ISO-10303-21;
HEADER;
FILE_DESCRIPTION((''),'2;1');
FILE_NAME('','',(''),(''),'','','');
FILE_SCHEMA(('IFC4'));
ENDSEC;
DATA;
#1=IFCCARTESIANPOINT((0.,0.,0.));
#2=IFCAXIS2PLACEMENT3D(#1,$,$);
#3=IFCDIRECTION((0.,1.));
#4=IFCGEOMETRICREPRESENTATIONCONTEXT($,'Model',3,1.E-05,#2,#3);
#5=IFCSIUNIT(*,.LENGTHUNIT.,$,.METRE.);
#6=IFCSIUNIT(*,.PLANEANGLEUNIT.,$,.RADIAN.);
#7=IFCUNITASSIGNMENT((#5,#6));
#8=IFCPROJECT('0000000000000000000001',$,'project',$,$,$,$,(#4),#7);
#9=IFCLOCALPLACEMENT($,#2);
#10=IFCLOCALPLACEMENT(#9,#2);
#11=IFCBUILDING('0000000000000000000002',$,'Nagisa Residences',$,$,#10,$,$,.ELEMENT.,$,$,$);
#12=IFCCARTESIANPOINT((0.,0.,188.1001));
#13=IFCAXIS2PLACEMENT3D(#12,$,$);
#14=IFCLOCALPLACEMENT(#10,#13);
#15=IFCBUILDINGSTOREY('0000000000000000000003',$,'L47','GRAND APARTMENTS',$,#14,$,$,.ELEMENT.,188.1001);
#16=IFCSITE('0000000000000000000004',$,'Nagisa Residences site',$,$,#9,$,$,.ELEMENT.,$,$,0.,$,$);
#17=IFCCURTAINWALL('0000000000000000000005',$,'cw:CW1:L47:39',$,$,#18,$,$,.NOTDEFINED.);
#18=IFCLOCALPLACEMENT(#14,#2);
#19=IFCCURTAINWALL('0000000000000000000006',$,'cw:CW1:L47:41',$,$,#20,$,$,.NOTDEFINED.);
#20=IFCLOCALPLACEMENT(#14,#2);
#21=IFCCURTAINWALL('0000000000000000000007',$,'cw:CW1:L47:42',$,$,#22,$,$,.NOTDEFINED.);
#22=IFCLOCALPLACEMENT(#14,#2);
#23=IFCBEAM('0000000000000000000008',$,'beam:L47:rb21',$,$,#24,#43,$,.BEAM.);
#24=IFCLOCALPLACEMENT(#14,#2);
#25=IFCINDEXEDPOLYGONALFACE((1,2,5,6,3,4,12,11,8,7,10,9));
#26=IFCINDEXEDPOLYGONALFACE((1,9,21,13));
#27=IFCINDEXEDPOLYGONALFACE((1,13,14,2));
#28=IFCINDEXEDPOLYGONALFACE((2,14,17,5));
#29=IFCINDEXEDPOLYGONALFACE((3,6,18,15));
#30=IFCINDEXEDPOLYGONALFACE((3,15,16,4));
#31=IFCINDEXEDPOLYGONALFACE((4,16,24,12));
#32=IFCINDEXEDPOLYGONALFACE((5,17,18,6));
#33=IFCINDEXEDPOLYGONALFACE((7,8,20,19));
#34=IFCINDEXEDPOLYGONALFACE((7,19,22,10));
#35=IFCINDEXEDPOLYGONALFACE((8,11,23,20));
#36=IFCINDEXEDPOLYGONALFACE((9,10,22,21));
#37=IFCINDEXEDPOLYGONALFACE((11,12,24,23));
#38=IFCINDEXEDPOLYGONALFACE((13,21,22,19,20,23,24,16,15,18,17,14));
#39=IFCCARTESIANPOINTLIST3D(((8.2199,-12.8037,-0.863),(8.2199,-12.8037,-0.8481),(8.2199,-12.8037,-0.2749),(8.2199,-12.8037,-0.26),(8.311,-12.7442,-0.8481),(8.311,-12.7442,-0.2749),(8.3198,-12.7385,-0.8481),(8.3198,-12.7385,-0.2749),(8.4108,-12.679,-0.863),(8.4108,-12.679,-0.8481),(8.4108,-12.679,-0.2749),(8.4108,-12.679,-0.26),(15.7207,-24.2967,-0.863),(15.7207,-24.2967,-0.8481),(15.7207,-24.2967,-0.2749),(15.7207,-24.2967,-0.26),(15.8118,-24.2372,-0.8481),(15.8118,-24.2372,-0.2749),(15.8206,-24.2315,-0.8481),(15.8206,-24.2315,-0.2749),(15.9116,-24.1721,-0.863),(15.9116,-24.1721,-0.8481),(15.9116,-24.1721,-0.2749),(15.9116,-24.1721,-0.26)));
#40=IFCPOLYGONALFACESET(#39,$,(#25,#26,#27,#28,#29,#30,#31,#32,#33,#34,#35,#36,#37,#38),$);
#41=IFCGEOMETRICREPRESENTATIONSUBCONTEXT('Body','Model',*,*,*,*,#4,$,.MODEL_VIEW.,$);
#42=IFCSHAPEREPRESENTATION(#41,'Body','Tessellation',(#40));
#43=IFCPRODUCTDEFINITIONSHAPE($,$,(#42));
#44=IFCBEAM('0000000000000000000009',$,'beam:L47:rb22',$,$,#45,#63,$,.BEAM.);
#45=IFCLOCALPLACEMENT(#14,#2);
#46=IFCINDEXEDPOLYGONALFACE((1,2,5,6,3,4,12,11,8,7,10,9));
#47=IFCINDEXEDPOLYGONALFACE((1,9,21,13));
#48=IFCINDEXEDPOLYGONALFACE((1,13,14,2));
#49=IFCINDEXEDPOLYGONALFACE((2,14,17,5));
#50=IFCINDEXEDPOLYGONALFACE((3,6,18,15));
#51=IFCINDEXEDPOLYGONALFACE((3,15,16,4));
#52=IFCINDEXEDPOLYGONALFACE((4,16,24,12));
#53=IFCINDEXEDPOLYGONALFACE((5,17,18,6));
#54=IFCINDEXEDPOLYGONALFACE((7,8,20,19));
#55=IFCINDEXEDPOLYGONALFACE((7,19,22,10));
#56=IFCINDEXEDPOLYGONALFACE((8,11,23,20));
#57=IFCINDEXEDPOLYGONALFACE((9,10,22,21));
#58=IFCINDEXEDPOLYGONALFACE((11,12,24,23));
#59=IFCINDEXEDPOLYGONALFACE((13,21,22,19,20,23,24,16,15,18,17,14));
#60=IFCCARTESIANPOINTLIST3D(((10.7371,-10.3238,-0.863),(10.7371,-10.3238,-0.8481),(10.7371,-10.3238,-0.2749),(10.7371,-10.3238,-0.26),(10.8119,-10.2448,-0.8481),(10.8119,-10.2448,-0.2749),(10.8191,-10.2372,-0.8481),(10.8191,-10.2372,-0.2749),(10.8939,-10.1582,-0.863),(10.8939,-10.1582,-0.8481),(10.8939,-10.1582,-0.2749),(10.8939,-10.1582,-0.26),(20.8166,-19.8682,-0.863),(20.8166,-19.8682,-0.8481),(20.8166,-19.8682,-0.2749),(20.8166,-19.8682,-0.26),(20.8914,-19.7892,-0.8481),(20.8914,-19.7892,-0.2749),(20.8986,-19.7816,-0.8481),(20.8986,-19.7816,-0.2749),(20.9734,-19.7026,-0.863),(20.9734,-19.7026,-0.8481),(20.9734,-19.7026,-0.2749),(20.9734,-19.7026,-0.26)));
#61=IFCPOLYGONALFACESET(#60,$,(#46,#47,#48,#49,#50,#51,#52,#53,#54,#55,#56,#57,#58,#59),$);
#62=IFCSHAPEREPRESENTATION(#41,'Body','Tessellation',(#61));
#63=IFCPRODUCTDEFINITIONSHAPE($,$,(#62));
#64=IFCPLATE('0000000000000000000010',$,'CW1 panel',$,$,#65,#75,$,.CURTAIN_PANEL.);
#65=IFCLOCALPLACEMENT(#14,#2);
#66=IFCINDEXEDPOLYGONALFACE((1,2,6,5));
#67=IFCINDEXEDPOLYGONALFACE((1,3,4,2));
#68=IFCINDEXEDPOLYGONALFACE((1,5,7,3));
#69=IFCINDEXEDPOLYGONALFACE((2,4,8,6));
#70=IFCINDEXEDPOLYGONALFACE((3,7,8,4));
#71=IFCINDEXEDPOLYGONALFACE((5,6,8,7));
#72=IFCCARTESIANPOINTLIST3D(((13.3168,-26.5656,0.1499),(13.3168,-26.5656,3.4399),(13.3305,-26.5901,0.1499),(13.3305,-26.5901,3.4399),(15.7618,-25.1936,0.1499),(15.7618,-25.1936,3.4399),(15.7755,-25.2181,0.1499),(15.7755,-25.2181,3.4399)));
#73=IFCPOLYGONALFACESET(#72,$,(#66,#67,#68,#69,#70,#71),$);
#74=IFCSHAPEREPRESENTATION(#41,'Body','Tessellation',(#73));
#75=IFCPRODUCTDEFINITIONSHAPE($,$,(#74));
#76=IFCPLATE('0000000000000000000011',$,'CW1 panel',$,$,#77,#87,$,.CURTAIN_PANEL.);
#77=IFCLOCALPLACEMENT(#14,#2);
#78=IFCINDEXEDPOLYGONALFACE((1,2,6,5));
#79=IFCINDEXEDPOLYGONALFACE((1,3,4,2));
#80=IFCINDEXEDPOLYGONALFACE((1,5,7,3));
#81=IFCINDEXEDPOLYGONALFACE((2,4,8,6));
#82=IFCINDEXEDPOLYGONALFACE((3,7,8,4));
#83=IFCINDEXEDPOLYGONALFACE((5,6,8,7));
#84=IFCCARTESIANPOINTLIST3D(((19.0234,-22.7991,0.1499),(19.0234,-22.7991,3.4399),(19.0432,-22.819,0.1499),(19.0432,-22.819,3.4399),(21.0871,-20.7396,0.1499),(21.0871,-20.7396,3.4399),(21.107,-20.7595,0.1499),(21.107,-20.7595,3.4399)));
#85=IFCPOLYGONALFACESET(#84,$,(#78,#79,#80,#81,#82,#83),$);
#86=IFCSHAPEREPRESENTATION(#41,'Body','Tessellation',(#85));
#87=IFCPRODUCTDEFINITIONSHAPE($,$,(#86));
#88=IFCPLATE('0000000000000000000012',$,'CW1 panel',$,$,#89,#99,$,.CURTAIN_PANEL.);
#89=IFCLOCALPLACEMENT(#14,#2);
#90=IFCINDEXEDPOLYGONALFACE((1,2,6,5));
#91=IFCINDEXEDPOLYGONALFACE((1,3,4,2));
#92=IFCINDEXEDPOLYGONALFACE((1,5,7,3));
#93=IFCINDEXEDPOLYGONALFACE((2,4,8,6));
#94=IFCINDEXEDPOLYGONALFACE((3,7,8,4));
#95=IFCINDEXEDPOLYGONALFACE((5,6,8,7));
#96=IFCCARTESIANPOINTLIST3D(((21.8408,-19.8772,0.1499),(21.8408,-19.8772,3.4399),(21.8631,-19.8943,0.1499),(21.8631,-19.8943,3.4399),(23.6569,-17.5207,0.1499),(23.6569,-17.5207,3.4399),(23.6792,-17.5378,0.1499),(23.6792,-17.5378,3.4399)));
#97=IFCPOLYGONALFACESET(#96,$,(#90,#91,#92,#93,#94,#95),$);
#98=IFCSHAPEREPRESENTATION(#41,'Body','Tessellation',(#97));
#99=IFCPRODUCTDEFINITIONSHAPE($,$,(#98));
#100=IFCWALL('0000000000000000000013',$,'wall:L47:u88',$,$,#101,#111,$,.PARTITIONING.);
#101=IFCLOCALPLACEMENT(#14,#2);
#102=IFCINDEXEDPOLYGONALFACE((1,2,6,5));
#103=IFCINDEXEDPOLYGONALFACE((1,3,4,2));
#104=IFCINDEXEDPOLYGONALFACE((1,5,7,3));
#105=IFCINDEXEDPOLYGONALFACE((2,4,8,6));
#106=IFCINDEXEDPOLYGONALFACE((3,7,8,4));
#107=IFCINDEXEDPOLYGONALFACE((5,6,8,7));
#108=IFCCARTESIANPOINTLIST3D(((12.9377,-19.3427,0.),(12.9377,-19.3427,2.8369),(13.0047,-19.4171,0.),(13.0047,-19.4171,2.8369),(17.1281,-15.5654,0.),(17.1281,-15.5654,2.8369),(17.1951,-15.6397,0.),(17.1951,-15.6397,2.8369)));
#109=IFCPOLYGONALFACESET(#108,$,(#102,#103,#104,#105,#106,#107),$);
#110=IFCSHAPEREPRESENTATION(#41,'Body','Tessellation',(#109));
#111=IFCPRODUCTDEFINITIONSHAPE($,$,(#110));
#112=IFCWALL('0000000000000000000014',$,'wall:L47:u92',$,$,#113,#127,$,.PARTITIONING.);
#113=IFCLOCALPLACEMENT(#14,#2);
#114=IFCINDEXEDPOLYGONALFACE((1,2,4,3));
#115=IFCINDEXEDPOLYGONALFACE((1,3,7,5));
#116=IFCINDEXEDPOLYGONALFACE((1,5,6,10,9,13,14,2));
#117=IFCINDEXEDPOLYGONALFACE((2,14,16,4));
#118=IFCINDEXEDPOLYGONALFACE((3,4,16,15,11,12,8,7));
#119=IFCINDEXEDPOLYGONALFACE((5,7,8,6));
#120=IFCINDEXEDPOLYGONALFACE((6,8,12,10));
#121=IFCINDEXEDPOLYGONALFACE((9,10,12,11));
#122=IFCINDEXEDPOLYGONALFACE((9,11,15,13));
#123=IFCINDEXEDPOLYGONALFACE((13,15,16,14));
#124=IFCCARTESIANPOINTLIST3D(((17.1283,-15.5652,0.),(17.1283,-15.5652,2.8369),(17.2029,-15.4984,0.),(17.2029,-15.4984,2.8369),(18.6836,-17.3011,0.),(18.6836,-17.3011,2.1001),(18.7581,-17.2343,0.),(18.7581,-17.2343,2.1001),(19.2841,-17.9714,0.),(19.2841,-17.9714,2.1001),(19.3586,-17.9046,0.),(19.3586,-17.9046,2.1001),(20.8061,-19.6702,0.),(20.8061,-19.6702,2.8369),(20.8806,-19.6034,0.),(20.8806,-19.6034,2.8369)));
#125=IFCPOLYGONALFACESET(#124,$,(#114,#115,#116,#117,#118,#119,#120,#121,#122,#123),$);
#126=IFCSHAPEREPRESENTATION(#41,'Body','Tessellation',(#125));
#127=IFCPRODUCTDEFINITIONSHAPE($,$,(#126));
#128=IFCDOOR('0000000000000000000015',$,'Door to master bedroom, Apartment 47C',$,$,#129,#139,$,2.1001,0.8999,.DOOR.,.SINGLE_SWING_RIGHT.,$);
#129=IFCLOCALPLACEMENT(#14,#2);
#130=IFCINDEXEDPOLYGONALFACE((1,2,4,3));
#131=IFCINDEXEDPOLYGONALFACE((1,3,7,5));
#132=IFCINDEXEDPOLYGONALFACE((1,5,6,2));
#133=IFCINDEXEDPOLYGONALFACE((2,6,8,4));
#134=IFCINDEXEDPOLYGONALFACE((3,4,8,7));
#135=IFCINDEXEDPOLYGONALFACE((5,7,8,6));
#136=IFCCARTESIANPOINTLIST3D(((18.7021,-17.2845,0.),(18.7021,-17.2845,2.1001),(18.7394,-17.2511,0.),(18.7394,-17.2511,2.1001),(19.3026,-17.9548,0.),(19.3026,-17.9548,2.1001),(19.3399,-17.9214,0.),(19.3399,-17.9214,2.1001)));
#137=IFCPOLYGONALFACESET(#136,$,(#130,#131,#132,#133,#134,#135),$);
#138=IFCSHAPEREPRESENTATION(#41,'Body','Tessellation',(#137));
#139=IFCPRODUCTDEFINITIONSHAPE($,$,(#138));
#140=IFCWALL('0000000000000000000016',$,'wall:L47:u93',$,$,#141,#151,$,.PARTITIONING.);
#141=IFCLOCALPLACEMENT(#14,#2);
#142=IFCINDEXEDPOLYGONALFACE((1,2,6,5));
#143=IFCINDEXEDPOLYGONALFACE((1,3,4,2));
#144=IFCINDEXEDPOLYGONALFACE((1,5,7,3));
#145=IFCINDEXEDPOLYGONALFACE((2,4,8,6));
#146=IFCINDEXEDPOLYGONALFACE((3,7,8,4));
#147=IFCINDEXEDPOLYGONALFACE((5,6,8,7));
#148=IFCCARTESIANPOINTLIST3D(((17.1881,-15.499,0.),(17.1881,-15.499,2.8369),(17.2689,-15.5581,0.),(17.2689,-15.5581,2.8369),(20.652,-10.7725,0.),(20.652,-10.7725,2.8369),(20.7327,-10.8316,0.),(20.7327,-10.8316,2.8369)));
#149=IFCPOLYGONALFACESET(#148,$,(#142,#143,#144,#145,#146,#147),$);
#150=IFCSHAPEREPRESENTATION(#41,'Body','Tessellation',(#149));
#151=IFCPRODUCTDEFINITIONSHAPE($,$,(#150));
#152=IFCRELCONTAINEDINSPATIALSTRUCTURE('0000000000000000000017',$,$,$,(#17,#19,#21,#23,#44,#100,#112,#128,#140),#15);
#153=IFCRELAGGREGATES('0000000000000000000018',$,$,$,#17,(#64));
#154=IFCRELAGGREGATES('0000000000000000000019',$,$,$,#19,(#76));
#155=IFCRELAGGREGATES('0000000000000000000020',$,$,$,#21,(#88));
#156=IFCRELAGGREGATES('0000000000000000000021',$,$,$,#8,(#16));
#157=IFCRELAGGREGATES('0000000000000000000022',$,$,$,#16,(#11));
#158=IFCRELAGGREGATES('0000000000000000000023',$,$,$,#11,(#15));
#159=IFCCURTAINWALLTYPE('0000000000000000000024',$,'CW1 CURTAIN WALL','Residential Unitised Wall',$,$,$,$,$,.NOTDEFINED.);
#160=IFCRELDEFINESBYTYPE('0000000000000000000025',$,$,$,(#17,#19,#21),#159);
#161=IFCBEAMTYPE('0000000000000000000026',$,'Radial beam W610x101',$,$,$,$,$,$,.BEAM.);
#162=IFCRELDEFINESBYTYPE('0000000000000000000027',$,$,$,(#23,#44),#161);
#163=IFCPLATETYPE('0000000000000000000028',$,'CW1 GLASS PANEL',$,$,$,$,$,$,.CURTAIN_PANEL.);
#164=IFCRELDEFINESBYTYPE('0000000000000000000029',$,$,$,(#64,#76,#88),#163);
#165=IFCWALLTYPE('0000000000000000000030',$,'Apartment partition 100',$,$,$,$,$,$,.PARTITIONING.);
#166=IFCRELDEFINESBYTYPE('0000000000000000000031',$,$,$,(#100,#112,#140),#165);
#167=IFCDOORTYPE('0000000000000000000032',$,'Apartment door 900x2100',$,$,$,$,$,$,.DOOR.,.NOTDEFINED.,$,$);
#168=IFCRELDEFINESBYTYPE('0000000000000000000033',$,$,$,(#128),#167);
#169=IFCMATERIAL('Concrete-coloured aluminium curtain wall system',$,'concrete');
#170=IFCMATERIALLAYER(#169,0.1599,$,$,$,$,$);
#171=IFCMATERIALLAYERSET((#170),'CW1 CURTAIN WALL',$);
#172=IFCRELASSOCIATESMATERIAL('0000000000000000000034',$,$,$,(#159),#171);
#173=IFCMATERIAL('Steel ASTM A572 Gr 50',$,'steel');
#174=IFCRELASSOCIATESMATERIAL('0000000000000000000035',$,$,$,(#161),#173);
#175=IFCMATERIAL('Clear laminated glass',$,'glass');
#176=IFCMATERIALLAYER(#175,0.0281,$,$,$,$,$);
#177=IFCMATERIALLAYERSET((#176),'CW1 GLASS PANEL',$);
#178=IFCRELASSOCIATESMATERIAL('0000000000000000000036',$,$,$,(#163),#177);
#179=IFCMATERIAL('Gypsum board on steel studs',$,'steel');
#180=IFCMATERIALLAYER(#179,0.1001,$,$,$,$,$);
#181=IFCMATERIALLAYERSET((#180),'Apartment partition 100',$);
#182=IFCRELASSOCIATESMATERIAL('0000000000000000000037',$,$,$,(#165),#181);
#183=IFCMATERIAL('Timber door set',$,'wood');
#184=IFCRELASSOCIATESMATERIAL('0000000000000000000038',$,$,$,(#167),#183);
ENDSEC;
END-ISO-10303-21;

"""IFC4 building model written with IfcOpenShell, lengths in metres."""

from ifc_helpers import new_model, si_unit, direction, frame, frame_2d, origin, origin_2d, place, context, subcontext, project, spatial, rectangle, i_section, extrude, material, layer, layer_set, material_profile, profile_set, type_object, element, fill, aggregate, save


model = new_model("IFC4")

# Units and contexts
model_context = context("Model", 3, precision=1e-05, world=origin(), true_north=direction((0.0, 1.0)))
body_context = subcontext(model_context, "Body", "Model", "MODEL_VIEW")
ifc_project = project(units=[si_unit("LENGTHUNIT", "METRE"), si_unit("PLANEANGLEUNIT", "RADIAN")], contexts=[model_context])

# Site, building, storey
site_placement = place(None, origin())
site = spatial("IfcSite", under=ifc_project, at=site_placement, Name="Nagisa Residences site", CompositionType="ELEMENT", RefElevation=0.0)
building_placement = place(site_placement, origin())
building = spatial("IfcBuilding", under=site, at=building_placement, Name="Nagisa Residences", CompositionType="ELEMENT")
storey_placement = place(building_placement, frame((0.0, 0.0, 188.1001)))
storey = spatial("IfcBuildingStorey", under=building, at=storey_placement, Name="L47", Description="GRAND APARTMENTS", CompositionType="ELEMENT", Elevation=188.1001)

# Curtain walls
ifc_material_1 = material(Name="Concrete-coloured aluminium curtain wall system", Category="concrete")
ifc_layer_1 = layer(ifc_material_1, 0.1599)
ifc_layer_set_1 = layer_set([ifc_layer_1], Name="CW1 CURTAIN WALL")
curtain_wall_type = type_object("IfcCurtainWallType", Name="CW1 CURTAIN WALL", Description="Residential Unitised Wall", PredefinedType="NOTDEFINED", material=ifc_layer_set_1)
curtain_wall_1_placement = place(storey_placement, origin())
curtain_wall_1 = element("IfcCurtainWall", 1, at=curtain_wall_1_placement, inside=storey, type_object=curtain_wall_type, Name="cw:CW1:L47:39", PredefinedType="NOTDEFINED")
curtain_wall_2_placement = place(storey_placement, origin())
curtain_wall_2 = element("IfcCurtainWall", 2, at=curtain_wall_2_placement, inside=storey, type_object=curtain_wall_type, Name="cw:CW1:L47:41", PredefinedType="NOTDEFINED")
curtain_wall_3_placement = place(storey_placement, origin())
curtain_wall_3 = element("IfcCurtainWall", 3, at=curtain_wall_3_placement, inside=storey, type_object=curtain_wall_type, Name="cw:CW1:L47:42", PredefinedType="NOTDEFINED")

# Beams
ifc_material_2 = material(Name="Steel ASTM A572 Gr 50", Category="steel")
ifc_material_profile_1 = material_profile(ifc_material_2, i_section(OverallWidth=0.228, OverallDepth=0.603, WebThickness=0.0105, FlangeThickness=0.0149, at=origin_2d()), Name="W610x101")
ifc_profile_set_1 = profile_set([ifc_material_profile_1], Name="Steel ASTM A572 Gr 50")
beam_type_1 = type_object("IfcBeamType", Name="Radial beam W610x101", PredefinedType="BEAM", material=ifc_profile_set_1)
beam_1_placement = place(storey_placement, frame((15.8162, -24.2344, -0.5615), z_axis=(-0.546541, 0.837432, 0.0), x_axis=(-0.837432, -0.546541, 0.0)))
element("IfcBeam", 4, at=beam_1_placement, inside=storey, type_object=beam_type_1, Name="beam:L47:rb21", PredefinedType="BEAM", context=body_context, shape_type="SweptSolid", body=[
    extrude(i_section(OverallWidth=0.228, OverallDepth=0.603, WebThickness=0.0105, FlangeThickness=0.0149, at=origin_2d()), origin(), (0.0, 0.0, 1.0), 13.7241),
])
beam_2_placement = place(storey_placement, frame((20.895, -19.7854, -0.5615), z_axis=(-0.72612, 0.687568, 0.0), x_axis=(-0.687568, -0.72612, 0.0)))
element("IfcBeam", 5, at=beam_2_placement, inside=storey, type_object=beam_type_1, Name="beam:L47:rb22", PredefinedType="BEAM", context=body_context, shape_type="SweptSolid", body=[
    extrude(i_section(OverallWidth=0.228, OverallDepth=0.603, WebThickness=0.0105, FlangeThickness=0.0149, at=origin_2d()), origin(), (0.0, 0.0, 1.0), 13.8813),
])

# Plates
ifc_material_3 = material(Name="Clear laminated glass", Category="glass")
ifc_layer_2 = layer(ifc_material_3, 0.0281)
ifc_layer_set_2 = layer_set([ifc_layer_2], Name="CW1 GLASS PANEL")
plate_type = type_object("IfcPlateType", Name="CW1 GLASS PANEL", PredefinedType="CURTAIN_PANEL", material=ifc_layer_set_2)
plate_1_placement = place(storey_placement, frame((14.5461, -25.8918, 0.1499), z_axis=(0.0, 0.0, 1.0), x_axis=(0.872072, 0.489377, 0.0)))
plate_1 = element("IfcPlate", 6, at=plate_1_placement, type_object=plate_type, Name="CW1 panel", PredefinedType="CURTAIN_PANEL", context=body_context, shape_type="SweptSolid", body=[
    extrude(rectangle(XDim=2.8037, YDim=0.0281, at=origin_2d()), origin(), (0.0, 0.0, 1.0), 3.29),
])
aggregate(curtain_wall_1, [plate_1])
plate_2_placement = place(storey_placement, frame((20.0652, -21.7793, 0.1499), z_axis=(0.0, 0.0, 1.0), x_axis=(0.707836, 0.706377, 0.0)))
plate_2 = element("IfcPlate", 7, at=plate_2_placement, type_object=plate_type, Name="CW1 panel", PredefinedType="CURTAIN_PANEL", context=body_context, shape_type="SweptSolid", body=[
    extrude(rectangle(XDim=2.9155, YDim=0.0281, at=origin_2d()), origin(), (0.0, 0.0, 1.0), 3.29),
])
aggregate(curtain_wall_2, [plate_2])
plate_3_placement = place(storey_placement, frame((22.76, -18.7075, 0.1499), z_axis=(0.0, 0.0, 1.0), x_axis=(0.61043, 0.79207, 0.0)))
plate_3 = element("IfcPlate", 8, at=plate_3_placement, type_object=plate_type, Name="CW1 panel", PredefinedType="CURTAIN_PANEL", context=body_context, shape_type="SweptSolid", body=[
    extrude(rectangle(XDim=2.9751, YDim=0.0281, at=origin_2d()), origin(), (0.0, 0.0, 1.0), 3.29),
])
aggregate(curtain_wall_3, [plate_3])

# Wall
ifc_material_4 = material(Name="Gypsum board on steel studs", Category="steel")
ifc_layer_3 = layer(ifc_material_4, 0.1001)
ifc_layer_set_3 = layer_set([ifc_layer_3], Name="Apartment partition 100")
wall_type_1 = type_object("IfcWallType", Name="Apartment partition 100", PredefinedType="PARTITIONING", material=ifc_layer_set_3)
wall_1_placement = place(storey_placement, frame((12.9712, -19.3799, 0.0), z_axis=(0.0, 0.0, 1.0), x_axis=(0.742769, 0.669548, 0.0)))
element("IfcWall", 9, at=wall_1_placement, inside=storey, type_object=wall_type_1, Name="wall:L47:u88", PredefinedType="PARTITIONING", context=body_context, shape_type="SweptSolid", body=[
    extrude(rectangle(XDim=5.6416, YDim=0.1001, at=frame_2d((2.8208, 0.0))), origin(), (0.0, 0.0, 1.0), 2.8369),
])

# Wall, opening, door
wall_2_placement = place(storey_placement, frame((17.1655, -15.5317, 0.0), z_axis=(0.0, 0.0, 1.0), x_axis=(0.667284, -0.744803, 0.0)))
wall_2 = element("IfcWall", 10, at=wall_2_placement, inside=storey, type_object=wall_type_1, Name="wall:L47:u92", PredefinedType="PARTITIONING", context=body_context, shape_type="SweptSolid", body=[
    extrude(rectangle(XDim=5.5115, YDim=0.1001, at=frame_2d((2.7559, 0.0))), origin(), (0.0, 0.0, 1.0), 2.8369),
])
opening_1_placement = place(wall_2_placement, frame((2.3308, 0.0, 0.0)))
opening_1 = element("IfcOpeningElement", 11, at=opening_1_placement, cuts=wall_2, PredefinedType="OPENING", context=body_context, shape_type="SweptSolid", body=[
    extrude(rectangle(XDim=0.8999, YDim=2.1001, at=frame_2d((0.45, 1.05))), frame((0.0, 0.0601, 0.0), z_axis=(0.0, -1.0, 0.0), x_axis=(1.0, 0.0, 0.0)), (0.0, 0.0, 1.0), 0.1201),
])
ifc_material_5 = material(Name="Timber door set", Category="wood")
door_type_1 = type_object("IfcDoorType", Name="Apartment door 900x2100", OperationType="NOTDEFINED", PredefinedType="DOOR", material=ifc_material_5)
door_1_placement = place(opening_1_placement, origin())
door_1 = element("IfcDoor", 12, at=door_1_placement, inside=storey, type_object=door_type_1, Name="Door to master bedroom, Apartment 47C", OperationType="SINGLE_SWING_RIGHT", OverallHeight=2.1001, OverallWidth=0.8999, PredefinedType="DOOR", context=body_context, shape_type="SweptSolid", body=[
    extrude(rectangle(XDim=0.8999, YDim=2.1001, at=frame_2d((0.45, 1.05))), frame((0.0, 0.0249, 0.0), z_axis=(0.0, -1.0, 0.0), x_axis=(1.0, 0.0, 0.0)), (0.0, 0.0, 1.0), 0.05),
])
fill(opening_1, door_1)

# Wall
wall_3_placement = place(storey_placement, frame((17.2285, -15.5286, 0.0), z_axis=(0.0, 0.0, 1.0), x_axis=(0.591111, 0.80659, 0.0)))
element("IfcWall", 13, at=wall_3_placement, inside=storey, type_object=wall_type_1, Name="wall:L47:u93", PredefinedType="PARTITIONING", context=body_context, shape_type="SweptSolid", body=[
    extrude(rectangle(XDim=5.8599, YDim=0.1001, at=frame_2d((2.9299, 0.0))), origin(), (0.0, 0.0, 1.0), 2.8369),
])

save(model, "model.ifc")
